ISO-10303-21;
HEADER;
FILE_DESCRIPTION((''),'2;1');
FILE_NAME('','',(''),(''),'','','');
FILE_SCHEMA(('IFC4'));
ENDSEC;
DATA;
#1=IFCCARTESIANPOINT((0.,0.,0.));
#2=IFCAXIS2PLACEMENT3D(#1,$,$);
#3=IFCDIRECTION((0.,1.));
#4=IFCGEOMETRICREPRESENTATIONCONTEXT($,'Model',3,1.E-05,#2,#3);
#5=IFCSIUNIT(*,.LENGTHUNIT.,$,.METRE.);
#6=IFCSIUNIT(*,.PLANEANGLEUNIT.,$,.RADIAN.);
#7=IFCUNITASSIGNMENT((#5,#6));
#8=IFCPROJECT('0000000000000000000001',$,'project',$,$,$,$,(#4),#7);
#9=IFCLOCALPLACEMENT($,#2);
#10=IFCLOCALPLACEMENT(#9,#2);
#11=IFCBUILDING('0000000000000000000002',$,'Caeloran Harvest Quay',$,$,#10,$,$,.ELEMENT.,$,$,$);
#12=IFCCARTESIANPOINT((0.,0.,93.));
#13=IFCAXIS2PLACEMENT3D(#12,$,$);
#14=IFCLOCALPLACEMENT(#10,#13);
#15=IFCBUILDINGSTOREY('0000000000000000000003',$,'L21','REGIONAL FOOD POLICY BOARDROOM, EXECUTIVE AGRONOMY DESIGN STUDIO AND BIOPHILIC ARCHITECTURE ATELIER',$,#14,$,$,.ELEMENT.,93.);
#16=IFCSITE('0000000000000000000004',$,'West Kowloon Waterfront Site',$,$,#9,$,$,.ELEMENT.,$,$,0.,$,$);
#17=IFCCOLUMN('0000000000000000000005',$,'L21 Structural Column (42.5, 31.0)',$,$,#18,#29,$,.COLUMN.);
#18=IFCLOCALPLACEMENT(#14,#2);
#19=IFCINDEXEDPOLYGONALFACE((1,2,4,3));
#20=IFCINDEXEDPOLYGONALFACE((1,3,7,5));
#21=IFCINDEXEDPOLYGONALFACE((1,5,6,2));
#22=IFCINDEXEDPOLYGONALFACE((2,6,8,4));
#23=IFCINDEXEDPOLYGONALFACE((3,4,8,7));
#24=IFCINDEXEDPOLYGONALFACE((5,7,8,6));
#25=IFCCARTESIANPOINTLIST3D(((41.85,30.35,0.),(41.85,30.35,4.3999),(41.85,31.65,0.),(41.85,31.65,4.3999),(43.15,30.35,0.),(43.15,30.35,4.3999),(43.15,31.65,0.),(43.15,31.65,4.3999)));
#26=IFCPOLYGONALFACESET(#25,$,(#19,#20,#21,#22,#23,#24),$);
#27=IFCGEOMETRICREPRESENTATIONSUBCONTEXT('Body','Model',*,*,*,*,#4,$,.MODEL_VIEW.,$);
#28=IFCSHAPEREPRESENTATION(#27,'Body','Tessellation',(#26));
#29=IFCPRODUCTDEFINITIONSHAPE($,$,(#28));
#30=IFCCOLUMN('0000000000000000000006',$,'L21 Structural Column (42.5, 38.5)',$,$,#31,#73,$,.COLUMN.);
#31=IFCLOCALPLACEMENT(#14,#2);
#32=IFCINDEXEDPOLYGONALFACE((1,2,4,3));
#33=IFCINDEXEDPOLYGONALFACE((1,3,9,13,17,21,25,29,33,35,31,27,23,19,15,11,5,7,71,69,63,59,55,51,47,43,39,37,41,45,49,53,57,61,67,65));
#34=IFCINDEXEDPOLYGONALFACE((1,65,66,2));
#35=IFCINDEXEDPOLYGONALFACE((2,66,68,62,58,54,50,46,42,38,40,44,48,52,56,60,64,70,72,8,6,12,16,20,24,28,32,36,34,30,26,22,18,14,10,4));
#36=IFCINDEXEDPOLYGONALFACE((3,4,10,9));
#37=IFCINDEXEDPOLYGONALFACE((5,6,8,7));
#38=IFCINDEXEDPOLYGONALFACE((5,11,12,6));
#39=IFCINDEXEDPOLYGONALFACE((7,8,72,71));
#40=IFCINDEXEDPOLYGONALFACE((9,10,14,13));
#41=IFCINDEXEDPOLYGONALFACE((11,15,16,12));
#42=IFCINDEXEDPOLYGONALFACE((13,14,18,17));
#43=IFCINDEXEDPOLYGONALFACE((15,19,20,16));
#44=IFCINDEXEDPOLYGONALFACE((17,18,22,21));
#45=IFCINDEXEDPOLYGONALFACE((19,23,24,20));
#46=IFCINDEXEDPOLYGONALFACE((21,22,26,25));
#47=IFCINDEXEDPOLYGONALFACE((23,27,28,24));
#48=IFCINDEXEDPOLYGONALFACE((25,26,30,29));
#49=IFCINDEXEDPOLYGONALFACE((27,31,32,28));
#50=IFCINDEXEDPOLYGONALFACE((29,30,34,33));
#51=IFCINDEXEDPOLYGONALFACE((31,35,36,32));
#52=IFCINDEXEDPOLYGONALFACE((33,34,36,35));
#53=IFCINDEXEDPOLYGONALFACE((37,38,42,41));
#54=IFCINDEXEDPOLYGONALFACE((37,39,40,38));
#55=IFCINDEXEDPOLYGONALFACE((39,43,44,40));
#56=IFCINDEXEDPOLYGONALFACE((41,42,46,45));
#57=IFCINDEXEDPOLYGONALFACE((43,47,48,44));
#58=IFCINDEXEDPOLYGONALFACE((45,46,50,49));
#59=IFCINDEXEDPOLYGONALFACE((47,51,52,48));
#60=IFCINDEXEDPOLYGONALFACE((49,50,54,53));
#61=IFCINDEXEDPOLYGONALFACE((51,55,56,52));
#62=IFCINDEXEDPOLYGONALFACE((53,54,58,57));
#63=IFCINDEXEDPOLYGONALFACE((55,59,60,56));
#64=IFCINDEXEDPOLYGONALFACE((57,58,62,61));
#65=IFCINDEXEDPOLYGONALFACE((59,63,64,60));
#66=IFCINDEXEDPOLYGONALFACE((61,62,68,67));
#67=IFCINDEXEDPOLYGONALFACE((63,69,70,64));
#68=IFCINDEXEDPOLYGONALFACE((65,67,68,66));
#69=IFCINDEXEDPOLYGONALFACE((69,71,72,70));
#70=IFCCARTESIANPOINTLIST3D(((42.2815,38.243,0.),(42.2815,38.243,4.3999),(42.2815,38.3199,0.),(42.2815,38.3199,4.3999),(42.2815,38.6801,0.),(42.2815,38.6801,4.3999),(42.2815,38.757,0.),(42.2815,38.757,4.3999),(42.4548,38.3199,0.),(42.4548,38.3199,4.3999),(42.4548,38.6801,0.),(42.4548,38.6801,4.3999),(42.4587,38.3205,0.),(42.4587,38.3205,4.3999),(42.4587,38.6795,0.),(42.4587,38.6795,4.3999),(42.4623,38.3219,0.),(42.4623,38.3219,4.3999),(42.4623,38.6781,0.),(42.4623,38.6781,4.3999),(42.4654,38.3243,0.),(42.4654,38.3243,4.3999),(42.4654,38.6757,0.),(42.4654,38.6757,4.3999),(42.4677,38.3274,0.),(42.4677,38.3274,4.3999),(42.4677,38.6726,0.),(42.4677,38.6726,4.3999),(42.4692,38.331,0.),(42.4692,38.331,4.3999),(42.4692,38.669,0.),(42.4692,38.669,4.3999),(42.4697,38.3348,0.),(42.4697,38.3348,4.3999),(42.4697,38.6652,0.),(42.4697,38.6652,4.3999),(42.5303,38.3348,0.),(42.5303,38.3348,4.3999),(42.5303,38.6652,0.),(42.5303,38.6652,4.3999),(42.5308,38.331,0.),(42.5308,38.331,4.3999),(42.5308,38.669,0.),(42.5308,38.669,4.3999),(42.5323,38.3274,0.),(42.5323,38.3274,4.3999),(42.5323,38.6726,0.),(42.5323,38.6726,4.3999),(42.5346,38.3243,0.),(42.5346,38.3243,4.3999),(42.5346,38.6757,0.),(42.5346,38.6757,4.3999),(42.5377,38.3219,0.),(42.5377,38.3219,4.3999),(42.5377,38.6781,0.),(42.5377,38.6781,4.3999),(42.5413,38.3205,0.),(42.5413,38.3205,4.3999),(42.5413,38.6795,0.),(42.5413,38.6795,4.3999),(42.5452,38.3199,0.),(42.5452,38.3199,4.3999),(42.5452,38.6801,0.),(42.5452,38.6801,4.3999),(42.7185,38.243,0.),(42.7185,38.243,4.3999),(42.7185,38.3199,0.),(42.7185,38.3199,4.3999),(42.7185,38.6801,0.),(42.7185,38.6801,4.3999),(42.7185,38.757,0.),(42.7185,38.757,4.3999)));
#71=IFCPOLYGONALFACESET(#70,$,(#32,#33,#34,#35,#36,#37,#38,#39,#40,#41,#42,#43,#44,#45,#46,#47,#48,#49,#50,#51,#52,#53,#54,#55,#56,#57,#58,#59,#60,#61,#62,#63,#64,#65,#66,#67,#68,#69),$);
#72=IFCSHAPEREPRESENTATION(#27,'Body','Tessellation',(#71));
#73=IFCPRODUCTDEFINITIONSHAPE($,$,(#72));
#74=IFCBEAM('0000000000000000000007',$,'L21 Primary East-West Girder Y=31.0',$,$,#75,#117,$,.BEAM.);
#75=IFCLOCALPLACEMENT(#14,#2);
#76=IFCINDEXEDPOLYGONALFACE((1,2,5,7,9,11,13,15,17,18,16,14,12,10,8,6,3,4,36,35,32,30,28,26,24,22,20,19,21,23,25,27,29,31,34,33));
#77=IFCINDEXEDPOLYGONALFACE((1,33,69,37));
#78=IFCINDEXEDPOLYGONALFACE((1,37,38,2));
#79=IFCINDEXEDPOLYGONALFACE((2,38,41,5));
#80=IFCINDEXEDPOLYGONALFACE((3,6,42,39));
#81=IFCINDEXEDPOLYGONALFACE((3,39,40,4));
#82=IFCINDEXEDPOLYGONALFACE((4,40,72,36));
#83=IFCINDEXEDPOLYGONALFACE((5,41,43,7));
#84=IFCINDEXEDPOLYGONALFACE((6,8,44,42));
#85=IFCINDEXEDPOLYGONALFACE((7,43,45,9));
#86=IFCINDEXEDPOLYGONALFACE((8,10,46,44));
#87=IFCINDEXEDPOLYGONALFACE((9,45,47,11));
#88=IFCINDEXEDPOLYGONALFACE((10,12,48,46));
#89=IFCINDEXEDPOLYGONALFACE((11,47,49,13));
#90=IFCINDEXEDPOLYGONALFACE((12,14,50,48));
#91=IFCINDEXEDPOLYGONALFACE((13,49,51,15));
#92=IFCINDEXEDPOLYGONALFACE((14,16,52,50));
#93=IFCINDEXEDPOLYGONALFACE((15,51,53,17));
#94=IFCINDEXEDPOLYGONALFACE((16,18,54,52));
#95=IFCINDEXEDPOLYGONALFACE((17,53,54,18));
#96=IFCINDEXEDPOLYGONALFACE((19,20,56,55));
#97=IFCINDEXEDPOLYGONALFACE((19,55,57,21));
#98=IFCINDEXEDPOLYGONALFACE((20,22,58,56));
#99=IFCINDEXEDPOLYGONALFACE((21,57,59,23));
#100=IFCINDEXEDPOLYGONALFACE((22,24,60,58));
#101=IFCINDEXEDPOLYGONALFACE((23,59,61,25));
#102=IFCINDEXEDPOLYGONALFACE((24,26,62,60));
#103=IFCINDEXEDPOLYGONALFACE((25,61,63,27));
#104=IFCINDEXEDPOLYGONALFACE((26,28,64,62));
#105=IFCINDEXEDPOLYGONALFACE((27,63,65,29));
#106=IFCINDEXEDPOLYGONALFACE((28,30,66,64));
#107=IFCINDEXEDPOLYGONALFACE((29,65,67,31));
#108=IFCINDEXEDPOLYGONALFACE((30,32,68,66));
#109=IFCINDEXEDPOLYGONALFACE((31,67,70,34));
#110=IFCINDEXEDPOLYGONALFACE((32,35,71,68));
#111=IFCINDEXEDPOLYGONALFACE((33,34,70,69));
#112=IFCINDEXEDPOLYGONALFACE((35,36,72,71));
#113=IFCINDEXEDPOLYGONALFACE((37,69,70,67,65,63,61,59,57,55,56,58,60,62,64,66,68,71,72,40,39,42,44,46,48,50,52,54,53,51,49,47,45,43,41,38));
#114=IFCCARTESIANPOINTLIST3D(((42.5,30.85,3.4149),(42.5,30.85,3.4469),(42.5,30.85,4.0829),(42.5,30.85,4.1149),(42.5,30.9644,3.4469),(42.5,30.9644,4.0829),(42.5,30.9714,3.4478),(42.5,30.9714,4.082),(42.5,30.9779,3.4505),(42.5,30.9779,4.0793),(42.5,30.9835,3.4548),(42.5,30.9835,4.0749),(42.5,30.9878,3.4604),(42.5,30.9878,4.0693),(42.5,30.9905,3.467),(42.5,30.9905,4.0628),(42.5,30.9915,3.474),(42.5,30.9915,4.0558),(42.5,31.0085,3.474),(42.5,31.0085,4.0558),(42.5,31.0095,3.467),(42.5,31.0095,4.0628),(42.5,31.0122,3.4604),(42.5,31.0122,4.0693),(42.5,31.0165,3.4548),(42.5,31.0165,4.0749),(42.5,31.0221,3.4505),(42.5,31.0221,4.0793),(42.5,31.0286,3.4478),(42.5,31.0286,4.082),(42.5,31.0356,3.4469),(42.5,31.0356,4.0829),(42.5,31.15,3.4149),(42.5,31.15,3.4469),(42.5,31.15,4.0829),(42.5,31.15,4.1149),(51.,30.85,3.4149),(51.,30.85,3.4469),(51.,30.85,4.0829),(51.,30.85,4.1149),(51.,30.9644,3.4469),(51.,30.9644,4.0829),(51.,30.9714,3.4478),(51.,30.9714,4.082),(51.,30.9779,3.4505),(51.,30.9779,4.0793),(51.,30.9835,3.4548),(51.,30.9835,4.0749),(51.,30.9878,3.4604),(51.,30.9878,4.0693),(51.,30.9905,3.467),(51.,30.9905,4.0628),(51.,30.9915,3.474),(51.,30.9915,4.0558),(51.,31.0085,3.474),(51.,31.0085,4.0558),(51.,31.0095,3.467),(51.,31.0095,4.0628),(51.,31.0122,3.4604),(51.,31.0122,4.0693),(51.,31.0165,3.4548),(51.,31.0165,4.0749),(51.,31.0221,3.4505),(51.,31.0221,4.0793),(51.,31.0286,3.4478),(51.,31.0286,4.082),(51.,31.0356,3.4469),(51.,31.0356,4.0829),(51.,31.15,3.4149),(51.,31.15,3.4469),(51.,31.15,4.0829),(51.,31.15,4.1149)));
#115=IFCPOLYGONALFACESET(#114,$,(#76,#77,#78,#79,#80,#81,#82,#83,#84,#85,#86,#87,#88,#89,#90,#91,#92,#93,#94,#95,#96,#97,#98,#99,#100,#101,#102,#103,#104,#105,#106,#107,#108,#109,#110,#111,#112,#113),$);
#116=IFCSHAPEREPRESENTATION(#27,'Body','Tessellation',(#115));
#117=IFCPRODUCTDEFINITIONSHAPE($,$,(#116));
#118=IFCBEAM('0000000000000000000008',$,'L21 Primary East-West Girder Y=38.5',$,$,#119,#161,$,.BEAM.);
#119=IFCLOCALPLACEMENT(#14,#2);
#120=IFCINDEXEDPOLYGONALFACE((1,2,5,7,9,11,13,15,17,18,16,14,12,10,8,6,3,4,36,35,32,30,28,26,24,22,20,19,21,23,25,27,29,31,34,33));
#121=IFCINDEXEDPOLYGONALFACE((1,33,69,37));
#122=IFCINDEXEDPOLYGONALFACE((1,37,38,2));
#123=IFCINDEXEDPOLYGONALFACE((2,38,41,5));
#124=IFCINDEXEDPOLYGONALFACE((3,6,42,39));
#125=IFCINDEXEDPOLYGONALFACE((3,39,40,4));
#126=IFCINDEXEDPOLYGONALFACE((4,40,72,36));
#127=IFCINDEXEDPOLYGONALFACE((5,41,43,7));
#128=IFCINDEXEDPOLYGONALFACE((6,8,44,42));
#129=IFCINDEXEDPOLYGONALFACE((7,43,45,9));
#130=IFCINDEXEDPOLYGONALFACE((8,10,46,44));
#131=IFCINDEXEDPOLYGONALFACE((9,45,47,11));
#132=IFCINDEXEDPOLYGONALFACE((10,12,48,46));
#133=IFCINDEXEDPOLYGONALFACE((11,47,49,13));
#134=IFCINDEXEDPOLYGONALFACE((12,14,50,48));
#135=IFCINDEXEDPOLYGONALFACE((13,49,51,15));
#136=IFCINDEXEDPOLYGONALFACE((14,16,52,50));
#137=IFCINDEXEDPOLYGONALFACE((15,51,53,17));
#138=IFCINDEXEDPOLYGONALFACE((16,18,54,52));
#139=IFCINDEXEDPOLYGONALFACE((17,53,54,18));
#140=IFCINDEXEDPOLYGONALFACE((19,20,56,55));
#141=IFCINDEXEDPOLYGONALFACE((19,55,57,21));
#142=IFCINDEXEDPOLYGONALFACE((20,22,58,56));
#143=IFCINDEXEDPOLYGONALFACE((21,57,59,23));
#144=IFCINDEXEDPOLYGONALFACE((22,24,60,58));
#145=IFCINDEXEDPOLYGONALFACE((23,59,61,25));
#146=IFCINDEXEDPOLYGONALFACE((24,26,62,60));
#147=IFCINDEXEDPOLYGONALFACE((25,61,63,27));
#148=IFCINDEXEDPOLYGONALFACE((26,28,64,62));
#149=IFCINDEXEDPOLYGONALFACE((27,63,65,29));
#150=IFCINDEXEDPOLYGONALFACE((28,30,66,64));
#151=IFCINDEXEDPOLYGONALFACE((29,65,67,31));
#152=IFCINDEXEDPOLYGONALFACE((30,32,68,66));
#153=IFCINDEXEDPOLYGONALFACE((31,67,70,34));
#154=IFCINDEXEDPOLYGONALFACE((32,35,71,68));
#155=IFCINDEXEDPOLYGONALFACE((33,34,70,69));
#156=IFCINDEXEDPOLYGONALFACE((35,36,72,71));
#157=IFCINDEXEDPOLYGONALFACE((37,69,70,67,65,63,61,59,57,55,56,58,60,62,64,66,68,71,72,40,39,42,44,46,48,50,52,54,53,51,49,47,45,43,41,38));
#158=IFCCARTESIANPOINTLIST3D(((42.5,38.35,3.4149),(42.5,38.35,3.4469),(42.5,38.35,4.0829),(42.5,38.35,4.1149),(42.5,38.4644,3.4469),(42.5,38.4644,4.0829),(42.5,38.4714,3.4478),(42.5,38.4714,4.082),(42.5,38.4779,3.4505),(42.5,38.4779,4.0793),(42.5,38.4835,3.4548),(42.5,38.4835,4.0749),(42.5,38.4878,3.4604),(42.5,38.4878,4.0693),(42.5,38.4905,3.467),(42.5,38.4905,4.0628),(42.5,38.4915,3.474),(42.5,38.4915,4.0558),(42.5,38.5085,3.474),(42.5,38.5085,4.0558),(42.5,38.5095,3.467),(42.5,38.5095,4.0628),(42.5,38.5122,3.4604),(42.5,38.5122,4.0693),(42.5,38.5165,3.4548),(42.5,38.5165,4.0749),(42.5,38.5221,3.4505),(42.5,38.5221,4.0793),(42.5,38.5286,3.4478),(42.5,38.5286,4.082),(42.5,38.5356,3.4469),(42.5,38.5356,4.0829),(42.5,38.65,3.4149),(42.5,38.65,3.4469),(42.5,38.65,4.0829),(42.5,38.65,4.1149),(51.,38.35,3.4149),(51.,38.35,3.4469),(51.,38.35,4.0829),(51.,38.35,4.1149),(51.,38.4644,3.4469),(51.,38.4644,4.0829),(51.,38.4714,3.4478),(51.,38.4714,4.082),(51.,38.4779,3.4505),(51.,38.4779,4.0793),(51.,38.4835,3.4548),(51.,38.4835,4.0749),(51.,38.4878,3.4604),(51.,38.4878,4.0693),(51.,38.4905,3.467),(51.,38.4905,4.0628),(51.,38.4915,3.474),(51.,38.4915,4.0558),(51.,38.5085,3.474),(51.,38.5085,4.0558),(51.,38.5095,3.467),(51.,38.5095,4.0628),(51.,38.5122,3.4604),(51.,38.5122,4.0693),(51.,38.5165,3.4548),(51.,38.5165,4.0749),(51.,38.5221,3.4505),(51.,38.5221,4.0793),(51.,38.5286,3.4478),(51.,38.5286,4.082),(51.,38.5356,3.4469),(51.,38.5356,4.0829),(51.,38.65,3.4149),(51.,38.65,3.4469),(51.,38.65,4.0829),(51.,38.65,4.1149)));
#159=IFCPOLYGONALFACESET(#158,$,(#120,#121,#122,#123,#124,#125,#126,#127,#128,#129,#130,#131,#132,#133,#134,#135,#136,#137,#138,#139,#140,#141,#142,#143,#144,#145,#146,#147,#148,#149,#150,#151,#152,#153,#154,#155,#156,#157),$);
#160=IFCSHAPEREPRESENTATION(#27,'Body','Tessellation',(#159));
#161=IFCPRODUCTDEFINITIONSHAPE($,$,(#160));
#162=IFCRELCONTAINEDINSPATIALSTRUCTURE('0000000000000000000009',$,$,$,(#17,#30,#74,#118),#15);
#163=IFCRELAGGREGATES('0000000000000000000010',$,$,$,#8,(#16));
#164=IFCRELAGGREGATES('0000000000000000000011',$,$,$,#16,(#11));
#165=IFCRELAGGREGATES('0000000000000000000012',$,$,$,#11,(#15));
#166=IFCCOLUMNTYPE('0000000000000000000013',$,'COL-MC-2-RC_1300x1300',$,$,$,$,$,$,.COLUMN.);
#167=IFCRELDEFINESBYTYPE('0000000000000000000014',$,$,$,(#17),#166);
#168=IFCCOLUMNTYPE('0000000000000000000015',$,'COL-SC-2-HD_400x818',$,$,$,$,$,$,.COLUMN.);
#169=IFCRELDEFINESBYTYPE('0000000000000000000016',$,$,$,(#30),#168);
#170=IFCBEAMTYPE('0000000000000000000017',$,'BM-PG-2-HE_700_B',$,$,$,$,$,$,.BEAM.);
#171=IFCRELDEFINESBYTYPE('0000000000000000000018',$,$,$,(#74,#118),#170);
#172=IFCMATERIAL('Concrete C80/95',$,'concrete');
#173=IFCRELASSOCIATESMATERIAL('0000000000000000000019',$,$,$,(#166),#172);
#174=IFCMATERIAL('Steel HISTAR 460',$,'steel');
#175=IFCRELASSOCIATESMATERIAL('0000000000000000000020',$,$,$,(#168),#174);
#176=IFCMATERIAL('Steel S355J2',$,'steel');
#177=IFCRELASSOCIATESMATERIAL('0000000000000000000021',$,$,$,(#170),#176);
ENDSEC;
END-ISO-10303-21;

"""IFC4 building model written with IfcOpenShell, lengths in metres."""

from ifc_helpers import new_model, si_unit, direction, frame, origin, origin_2d, place, context, subcontext, project, spatial, rectangle, i_section, extrude, material, material_profile, profile_set, type_object, element, save


model = new_model("IFC4")

# Units and contexts
model_context = context("Model", 3, precision=1e-05, world=origin(), true_north=direction((0.0, 1.0)))
body_context = subcontext(model_context, "Body", "Model", "MODEL_VIEW")
ifc_project = project(units=[si_unit("LENGTHUNIT", "METRE"), si_unit("PLANEANGLEUNIT", "RADIAN")], contexts=[model_context])

# Site, building, storey
site_placement = place(None, origin())
site = spatial("IfcSite", under=ifc_project, at=site_placement, Name="West Kowloon Waterfront Site", CompositionType="ELEMENT", RefElevation=0.0)
building_placement = place(site_placement, origin())
building = spatial("IfcBuilding", under=site, at=building_placement, Name="Caeloran Harvest Quay", CompositionType="ELEMENT")
storey_placement = place(building_placement, frame((0.0, 0.0, 93.0)))
storey = spatial("IfcBuildingStorey", under=building, at=storey_placement, Name="L21", Description="REGIONAL FOOD POLICY BOARDROOM, EXECUTIVE AGRONOMY DESIGN STUDIO AND BIOPHILIC ARCHITECTURE ATELIER", CompositionType="ELEMENT", Elevation=93.0)

# Columns
ifc_material_1 = material(Name="Concrete C80/95", Category="concrete")
ifc_material_profile_1 = material_profile(ifc_material_1, rectangle(XDim=1.3, YDim=1.3, at=origin_2d()), Name="RC 1300x1300")
ifc_profile_set_1 = profile_set([ifc_material_profile_1], Name="Concrete C80/95")
column_type_1 = type_object("IfcColumnType", Name="COL-MC-2-RC_1300x1300", PredefinedType="COLUMN", material=ifc_profile_set_1)
column_1_placement = place(storey_placement, frame((42.5, 31.0, 0.0), z_axis=(0.0, 0.0, 1.0), x_axis=(1.0, 0.0, 0.0)))
element("IfcColumn", 1, at=column_1_placement, inside=storey, type_object=column_type_1, Name="L21 Structural Column (42.5, 31.0)", PredefinedType="COLUMN", context=body_context, shape_type="SweptSolid", body=[
    extrude(rectangle(XDim=1.3, YDim=1.3, at=origin_2d()), origin(), (0.0, 0.0, 1.0), 4.3999),
])
ifc_material_2 = material(Name="Steel HISTAR 460", Category="steel")
ifc_material_profile_2 = material_profile(ifc_material_2, i_section(OverallWidth=0.437, OverallDepth=0.5139, WebThickness=0.0605, FlangeThickness=0.0769, FilletRadius=0.0149, at=origin_2d()), Name="HD 400x818")
ifc_profile_set_2 = profile_set([ifc_material_profile_2], Name="Steel HISTAR 460")
column_type_2 = type_object("IfcColumnType", Name="COL-SC-2-HD_400x818", PredefinedType="COLUMN", material=ifc_profile_set_2)
column_2_placement = place(storey_placement, frame((42.5, 38.5, 0.0), z_axis=(0.0, 0.0, 1.0), x_axis=(1.0, 0.0, 0.0)))
element("IfcColumn", 2, at=column_2_placement, inside=storey, type_object=column_type_2, Name="L21 Structural Column (42.5, 38.5)", PredefinedType="COLUMN", context=body_context, shape_type="SweptSolid", body=[
    extrude(i_section(OverallWidth=0.437, OverallDepth=0.5139, WebThickness=0.0605, FlangeThickness=0.0769, FilletRadius=0.0149, at=origin_2d()), origin(), (0.0, 0.0, 1.0), 4.3999),
])

# Beams
ifc_material_3 = material(Name="Steel S355J2", Category="steel")
ifc_material_profile_3 = material_profile(ifc_material_3, i_section(OverallWidth=0.3, OverallDepth=0.7, WebThickness=0.0171, FlangeThickness=0.032, FilletRadius=0.0271, at=origin_2d()), Name="HE 700 B")
ifc_profile_set_3 = profile_set([ifc_material_profile_3], Name="Steel S355J2")
beam_type_1 = type_object("IfcBeamType", Name="BM-PG-2-HE_700_B", PredefinedType="BEAM", material=ifc_profile_set_3)
for number, where, z_axis, x_axis, name in (
    (3, (42.5, 31.0, 3.7649), (1.0, 0.0, 0.0), (0.0, 1.0, 0.0), "L21 Primary East-West Girder Y=31.0"),
    (4, (42.5, 38.5, 3.7649), (1.0, 0.0, 0.0), (0.0, 1.0, 0.0), "L21 Primary East-West Girder Y=38.5"),
):
    element("IfcBeam", number, at=place(storey_placement, frame(where, z_axis=z_axis, x_axis=x_axis)), inside=storey, type_object=beam_type_1, Name=name, PredefinedType="BEAM", context=body_context, shape_type="SweptSolid", body=[
        extrude(i_section(OverallWidth=0.3, OverallDepth=0.7, WebThickness=0.0171, FlangeThickness=0.032, FilletRadius=0.0271, at=origin_2d()), origin(), (0.0, 0.0, 1.0), 8.5),
    ])

save(model, "model.ifc")
